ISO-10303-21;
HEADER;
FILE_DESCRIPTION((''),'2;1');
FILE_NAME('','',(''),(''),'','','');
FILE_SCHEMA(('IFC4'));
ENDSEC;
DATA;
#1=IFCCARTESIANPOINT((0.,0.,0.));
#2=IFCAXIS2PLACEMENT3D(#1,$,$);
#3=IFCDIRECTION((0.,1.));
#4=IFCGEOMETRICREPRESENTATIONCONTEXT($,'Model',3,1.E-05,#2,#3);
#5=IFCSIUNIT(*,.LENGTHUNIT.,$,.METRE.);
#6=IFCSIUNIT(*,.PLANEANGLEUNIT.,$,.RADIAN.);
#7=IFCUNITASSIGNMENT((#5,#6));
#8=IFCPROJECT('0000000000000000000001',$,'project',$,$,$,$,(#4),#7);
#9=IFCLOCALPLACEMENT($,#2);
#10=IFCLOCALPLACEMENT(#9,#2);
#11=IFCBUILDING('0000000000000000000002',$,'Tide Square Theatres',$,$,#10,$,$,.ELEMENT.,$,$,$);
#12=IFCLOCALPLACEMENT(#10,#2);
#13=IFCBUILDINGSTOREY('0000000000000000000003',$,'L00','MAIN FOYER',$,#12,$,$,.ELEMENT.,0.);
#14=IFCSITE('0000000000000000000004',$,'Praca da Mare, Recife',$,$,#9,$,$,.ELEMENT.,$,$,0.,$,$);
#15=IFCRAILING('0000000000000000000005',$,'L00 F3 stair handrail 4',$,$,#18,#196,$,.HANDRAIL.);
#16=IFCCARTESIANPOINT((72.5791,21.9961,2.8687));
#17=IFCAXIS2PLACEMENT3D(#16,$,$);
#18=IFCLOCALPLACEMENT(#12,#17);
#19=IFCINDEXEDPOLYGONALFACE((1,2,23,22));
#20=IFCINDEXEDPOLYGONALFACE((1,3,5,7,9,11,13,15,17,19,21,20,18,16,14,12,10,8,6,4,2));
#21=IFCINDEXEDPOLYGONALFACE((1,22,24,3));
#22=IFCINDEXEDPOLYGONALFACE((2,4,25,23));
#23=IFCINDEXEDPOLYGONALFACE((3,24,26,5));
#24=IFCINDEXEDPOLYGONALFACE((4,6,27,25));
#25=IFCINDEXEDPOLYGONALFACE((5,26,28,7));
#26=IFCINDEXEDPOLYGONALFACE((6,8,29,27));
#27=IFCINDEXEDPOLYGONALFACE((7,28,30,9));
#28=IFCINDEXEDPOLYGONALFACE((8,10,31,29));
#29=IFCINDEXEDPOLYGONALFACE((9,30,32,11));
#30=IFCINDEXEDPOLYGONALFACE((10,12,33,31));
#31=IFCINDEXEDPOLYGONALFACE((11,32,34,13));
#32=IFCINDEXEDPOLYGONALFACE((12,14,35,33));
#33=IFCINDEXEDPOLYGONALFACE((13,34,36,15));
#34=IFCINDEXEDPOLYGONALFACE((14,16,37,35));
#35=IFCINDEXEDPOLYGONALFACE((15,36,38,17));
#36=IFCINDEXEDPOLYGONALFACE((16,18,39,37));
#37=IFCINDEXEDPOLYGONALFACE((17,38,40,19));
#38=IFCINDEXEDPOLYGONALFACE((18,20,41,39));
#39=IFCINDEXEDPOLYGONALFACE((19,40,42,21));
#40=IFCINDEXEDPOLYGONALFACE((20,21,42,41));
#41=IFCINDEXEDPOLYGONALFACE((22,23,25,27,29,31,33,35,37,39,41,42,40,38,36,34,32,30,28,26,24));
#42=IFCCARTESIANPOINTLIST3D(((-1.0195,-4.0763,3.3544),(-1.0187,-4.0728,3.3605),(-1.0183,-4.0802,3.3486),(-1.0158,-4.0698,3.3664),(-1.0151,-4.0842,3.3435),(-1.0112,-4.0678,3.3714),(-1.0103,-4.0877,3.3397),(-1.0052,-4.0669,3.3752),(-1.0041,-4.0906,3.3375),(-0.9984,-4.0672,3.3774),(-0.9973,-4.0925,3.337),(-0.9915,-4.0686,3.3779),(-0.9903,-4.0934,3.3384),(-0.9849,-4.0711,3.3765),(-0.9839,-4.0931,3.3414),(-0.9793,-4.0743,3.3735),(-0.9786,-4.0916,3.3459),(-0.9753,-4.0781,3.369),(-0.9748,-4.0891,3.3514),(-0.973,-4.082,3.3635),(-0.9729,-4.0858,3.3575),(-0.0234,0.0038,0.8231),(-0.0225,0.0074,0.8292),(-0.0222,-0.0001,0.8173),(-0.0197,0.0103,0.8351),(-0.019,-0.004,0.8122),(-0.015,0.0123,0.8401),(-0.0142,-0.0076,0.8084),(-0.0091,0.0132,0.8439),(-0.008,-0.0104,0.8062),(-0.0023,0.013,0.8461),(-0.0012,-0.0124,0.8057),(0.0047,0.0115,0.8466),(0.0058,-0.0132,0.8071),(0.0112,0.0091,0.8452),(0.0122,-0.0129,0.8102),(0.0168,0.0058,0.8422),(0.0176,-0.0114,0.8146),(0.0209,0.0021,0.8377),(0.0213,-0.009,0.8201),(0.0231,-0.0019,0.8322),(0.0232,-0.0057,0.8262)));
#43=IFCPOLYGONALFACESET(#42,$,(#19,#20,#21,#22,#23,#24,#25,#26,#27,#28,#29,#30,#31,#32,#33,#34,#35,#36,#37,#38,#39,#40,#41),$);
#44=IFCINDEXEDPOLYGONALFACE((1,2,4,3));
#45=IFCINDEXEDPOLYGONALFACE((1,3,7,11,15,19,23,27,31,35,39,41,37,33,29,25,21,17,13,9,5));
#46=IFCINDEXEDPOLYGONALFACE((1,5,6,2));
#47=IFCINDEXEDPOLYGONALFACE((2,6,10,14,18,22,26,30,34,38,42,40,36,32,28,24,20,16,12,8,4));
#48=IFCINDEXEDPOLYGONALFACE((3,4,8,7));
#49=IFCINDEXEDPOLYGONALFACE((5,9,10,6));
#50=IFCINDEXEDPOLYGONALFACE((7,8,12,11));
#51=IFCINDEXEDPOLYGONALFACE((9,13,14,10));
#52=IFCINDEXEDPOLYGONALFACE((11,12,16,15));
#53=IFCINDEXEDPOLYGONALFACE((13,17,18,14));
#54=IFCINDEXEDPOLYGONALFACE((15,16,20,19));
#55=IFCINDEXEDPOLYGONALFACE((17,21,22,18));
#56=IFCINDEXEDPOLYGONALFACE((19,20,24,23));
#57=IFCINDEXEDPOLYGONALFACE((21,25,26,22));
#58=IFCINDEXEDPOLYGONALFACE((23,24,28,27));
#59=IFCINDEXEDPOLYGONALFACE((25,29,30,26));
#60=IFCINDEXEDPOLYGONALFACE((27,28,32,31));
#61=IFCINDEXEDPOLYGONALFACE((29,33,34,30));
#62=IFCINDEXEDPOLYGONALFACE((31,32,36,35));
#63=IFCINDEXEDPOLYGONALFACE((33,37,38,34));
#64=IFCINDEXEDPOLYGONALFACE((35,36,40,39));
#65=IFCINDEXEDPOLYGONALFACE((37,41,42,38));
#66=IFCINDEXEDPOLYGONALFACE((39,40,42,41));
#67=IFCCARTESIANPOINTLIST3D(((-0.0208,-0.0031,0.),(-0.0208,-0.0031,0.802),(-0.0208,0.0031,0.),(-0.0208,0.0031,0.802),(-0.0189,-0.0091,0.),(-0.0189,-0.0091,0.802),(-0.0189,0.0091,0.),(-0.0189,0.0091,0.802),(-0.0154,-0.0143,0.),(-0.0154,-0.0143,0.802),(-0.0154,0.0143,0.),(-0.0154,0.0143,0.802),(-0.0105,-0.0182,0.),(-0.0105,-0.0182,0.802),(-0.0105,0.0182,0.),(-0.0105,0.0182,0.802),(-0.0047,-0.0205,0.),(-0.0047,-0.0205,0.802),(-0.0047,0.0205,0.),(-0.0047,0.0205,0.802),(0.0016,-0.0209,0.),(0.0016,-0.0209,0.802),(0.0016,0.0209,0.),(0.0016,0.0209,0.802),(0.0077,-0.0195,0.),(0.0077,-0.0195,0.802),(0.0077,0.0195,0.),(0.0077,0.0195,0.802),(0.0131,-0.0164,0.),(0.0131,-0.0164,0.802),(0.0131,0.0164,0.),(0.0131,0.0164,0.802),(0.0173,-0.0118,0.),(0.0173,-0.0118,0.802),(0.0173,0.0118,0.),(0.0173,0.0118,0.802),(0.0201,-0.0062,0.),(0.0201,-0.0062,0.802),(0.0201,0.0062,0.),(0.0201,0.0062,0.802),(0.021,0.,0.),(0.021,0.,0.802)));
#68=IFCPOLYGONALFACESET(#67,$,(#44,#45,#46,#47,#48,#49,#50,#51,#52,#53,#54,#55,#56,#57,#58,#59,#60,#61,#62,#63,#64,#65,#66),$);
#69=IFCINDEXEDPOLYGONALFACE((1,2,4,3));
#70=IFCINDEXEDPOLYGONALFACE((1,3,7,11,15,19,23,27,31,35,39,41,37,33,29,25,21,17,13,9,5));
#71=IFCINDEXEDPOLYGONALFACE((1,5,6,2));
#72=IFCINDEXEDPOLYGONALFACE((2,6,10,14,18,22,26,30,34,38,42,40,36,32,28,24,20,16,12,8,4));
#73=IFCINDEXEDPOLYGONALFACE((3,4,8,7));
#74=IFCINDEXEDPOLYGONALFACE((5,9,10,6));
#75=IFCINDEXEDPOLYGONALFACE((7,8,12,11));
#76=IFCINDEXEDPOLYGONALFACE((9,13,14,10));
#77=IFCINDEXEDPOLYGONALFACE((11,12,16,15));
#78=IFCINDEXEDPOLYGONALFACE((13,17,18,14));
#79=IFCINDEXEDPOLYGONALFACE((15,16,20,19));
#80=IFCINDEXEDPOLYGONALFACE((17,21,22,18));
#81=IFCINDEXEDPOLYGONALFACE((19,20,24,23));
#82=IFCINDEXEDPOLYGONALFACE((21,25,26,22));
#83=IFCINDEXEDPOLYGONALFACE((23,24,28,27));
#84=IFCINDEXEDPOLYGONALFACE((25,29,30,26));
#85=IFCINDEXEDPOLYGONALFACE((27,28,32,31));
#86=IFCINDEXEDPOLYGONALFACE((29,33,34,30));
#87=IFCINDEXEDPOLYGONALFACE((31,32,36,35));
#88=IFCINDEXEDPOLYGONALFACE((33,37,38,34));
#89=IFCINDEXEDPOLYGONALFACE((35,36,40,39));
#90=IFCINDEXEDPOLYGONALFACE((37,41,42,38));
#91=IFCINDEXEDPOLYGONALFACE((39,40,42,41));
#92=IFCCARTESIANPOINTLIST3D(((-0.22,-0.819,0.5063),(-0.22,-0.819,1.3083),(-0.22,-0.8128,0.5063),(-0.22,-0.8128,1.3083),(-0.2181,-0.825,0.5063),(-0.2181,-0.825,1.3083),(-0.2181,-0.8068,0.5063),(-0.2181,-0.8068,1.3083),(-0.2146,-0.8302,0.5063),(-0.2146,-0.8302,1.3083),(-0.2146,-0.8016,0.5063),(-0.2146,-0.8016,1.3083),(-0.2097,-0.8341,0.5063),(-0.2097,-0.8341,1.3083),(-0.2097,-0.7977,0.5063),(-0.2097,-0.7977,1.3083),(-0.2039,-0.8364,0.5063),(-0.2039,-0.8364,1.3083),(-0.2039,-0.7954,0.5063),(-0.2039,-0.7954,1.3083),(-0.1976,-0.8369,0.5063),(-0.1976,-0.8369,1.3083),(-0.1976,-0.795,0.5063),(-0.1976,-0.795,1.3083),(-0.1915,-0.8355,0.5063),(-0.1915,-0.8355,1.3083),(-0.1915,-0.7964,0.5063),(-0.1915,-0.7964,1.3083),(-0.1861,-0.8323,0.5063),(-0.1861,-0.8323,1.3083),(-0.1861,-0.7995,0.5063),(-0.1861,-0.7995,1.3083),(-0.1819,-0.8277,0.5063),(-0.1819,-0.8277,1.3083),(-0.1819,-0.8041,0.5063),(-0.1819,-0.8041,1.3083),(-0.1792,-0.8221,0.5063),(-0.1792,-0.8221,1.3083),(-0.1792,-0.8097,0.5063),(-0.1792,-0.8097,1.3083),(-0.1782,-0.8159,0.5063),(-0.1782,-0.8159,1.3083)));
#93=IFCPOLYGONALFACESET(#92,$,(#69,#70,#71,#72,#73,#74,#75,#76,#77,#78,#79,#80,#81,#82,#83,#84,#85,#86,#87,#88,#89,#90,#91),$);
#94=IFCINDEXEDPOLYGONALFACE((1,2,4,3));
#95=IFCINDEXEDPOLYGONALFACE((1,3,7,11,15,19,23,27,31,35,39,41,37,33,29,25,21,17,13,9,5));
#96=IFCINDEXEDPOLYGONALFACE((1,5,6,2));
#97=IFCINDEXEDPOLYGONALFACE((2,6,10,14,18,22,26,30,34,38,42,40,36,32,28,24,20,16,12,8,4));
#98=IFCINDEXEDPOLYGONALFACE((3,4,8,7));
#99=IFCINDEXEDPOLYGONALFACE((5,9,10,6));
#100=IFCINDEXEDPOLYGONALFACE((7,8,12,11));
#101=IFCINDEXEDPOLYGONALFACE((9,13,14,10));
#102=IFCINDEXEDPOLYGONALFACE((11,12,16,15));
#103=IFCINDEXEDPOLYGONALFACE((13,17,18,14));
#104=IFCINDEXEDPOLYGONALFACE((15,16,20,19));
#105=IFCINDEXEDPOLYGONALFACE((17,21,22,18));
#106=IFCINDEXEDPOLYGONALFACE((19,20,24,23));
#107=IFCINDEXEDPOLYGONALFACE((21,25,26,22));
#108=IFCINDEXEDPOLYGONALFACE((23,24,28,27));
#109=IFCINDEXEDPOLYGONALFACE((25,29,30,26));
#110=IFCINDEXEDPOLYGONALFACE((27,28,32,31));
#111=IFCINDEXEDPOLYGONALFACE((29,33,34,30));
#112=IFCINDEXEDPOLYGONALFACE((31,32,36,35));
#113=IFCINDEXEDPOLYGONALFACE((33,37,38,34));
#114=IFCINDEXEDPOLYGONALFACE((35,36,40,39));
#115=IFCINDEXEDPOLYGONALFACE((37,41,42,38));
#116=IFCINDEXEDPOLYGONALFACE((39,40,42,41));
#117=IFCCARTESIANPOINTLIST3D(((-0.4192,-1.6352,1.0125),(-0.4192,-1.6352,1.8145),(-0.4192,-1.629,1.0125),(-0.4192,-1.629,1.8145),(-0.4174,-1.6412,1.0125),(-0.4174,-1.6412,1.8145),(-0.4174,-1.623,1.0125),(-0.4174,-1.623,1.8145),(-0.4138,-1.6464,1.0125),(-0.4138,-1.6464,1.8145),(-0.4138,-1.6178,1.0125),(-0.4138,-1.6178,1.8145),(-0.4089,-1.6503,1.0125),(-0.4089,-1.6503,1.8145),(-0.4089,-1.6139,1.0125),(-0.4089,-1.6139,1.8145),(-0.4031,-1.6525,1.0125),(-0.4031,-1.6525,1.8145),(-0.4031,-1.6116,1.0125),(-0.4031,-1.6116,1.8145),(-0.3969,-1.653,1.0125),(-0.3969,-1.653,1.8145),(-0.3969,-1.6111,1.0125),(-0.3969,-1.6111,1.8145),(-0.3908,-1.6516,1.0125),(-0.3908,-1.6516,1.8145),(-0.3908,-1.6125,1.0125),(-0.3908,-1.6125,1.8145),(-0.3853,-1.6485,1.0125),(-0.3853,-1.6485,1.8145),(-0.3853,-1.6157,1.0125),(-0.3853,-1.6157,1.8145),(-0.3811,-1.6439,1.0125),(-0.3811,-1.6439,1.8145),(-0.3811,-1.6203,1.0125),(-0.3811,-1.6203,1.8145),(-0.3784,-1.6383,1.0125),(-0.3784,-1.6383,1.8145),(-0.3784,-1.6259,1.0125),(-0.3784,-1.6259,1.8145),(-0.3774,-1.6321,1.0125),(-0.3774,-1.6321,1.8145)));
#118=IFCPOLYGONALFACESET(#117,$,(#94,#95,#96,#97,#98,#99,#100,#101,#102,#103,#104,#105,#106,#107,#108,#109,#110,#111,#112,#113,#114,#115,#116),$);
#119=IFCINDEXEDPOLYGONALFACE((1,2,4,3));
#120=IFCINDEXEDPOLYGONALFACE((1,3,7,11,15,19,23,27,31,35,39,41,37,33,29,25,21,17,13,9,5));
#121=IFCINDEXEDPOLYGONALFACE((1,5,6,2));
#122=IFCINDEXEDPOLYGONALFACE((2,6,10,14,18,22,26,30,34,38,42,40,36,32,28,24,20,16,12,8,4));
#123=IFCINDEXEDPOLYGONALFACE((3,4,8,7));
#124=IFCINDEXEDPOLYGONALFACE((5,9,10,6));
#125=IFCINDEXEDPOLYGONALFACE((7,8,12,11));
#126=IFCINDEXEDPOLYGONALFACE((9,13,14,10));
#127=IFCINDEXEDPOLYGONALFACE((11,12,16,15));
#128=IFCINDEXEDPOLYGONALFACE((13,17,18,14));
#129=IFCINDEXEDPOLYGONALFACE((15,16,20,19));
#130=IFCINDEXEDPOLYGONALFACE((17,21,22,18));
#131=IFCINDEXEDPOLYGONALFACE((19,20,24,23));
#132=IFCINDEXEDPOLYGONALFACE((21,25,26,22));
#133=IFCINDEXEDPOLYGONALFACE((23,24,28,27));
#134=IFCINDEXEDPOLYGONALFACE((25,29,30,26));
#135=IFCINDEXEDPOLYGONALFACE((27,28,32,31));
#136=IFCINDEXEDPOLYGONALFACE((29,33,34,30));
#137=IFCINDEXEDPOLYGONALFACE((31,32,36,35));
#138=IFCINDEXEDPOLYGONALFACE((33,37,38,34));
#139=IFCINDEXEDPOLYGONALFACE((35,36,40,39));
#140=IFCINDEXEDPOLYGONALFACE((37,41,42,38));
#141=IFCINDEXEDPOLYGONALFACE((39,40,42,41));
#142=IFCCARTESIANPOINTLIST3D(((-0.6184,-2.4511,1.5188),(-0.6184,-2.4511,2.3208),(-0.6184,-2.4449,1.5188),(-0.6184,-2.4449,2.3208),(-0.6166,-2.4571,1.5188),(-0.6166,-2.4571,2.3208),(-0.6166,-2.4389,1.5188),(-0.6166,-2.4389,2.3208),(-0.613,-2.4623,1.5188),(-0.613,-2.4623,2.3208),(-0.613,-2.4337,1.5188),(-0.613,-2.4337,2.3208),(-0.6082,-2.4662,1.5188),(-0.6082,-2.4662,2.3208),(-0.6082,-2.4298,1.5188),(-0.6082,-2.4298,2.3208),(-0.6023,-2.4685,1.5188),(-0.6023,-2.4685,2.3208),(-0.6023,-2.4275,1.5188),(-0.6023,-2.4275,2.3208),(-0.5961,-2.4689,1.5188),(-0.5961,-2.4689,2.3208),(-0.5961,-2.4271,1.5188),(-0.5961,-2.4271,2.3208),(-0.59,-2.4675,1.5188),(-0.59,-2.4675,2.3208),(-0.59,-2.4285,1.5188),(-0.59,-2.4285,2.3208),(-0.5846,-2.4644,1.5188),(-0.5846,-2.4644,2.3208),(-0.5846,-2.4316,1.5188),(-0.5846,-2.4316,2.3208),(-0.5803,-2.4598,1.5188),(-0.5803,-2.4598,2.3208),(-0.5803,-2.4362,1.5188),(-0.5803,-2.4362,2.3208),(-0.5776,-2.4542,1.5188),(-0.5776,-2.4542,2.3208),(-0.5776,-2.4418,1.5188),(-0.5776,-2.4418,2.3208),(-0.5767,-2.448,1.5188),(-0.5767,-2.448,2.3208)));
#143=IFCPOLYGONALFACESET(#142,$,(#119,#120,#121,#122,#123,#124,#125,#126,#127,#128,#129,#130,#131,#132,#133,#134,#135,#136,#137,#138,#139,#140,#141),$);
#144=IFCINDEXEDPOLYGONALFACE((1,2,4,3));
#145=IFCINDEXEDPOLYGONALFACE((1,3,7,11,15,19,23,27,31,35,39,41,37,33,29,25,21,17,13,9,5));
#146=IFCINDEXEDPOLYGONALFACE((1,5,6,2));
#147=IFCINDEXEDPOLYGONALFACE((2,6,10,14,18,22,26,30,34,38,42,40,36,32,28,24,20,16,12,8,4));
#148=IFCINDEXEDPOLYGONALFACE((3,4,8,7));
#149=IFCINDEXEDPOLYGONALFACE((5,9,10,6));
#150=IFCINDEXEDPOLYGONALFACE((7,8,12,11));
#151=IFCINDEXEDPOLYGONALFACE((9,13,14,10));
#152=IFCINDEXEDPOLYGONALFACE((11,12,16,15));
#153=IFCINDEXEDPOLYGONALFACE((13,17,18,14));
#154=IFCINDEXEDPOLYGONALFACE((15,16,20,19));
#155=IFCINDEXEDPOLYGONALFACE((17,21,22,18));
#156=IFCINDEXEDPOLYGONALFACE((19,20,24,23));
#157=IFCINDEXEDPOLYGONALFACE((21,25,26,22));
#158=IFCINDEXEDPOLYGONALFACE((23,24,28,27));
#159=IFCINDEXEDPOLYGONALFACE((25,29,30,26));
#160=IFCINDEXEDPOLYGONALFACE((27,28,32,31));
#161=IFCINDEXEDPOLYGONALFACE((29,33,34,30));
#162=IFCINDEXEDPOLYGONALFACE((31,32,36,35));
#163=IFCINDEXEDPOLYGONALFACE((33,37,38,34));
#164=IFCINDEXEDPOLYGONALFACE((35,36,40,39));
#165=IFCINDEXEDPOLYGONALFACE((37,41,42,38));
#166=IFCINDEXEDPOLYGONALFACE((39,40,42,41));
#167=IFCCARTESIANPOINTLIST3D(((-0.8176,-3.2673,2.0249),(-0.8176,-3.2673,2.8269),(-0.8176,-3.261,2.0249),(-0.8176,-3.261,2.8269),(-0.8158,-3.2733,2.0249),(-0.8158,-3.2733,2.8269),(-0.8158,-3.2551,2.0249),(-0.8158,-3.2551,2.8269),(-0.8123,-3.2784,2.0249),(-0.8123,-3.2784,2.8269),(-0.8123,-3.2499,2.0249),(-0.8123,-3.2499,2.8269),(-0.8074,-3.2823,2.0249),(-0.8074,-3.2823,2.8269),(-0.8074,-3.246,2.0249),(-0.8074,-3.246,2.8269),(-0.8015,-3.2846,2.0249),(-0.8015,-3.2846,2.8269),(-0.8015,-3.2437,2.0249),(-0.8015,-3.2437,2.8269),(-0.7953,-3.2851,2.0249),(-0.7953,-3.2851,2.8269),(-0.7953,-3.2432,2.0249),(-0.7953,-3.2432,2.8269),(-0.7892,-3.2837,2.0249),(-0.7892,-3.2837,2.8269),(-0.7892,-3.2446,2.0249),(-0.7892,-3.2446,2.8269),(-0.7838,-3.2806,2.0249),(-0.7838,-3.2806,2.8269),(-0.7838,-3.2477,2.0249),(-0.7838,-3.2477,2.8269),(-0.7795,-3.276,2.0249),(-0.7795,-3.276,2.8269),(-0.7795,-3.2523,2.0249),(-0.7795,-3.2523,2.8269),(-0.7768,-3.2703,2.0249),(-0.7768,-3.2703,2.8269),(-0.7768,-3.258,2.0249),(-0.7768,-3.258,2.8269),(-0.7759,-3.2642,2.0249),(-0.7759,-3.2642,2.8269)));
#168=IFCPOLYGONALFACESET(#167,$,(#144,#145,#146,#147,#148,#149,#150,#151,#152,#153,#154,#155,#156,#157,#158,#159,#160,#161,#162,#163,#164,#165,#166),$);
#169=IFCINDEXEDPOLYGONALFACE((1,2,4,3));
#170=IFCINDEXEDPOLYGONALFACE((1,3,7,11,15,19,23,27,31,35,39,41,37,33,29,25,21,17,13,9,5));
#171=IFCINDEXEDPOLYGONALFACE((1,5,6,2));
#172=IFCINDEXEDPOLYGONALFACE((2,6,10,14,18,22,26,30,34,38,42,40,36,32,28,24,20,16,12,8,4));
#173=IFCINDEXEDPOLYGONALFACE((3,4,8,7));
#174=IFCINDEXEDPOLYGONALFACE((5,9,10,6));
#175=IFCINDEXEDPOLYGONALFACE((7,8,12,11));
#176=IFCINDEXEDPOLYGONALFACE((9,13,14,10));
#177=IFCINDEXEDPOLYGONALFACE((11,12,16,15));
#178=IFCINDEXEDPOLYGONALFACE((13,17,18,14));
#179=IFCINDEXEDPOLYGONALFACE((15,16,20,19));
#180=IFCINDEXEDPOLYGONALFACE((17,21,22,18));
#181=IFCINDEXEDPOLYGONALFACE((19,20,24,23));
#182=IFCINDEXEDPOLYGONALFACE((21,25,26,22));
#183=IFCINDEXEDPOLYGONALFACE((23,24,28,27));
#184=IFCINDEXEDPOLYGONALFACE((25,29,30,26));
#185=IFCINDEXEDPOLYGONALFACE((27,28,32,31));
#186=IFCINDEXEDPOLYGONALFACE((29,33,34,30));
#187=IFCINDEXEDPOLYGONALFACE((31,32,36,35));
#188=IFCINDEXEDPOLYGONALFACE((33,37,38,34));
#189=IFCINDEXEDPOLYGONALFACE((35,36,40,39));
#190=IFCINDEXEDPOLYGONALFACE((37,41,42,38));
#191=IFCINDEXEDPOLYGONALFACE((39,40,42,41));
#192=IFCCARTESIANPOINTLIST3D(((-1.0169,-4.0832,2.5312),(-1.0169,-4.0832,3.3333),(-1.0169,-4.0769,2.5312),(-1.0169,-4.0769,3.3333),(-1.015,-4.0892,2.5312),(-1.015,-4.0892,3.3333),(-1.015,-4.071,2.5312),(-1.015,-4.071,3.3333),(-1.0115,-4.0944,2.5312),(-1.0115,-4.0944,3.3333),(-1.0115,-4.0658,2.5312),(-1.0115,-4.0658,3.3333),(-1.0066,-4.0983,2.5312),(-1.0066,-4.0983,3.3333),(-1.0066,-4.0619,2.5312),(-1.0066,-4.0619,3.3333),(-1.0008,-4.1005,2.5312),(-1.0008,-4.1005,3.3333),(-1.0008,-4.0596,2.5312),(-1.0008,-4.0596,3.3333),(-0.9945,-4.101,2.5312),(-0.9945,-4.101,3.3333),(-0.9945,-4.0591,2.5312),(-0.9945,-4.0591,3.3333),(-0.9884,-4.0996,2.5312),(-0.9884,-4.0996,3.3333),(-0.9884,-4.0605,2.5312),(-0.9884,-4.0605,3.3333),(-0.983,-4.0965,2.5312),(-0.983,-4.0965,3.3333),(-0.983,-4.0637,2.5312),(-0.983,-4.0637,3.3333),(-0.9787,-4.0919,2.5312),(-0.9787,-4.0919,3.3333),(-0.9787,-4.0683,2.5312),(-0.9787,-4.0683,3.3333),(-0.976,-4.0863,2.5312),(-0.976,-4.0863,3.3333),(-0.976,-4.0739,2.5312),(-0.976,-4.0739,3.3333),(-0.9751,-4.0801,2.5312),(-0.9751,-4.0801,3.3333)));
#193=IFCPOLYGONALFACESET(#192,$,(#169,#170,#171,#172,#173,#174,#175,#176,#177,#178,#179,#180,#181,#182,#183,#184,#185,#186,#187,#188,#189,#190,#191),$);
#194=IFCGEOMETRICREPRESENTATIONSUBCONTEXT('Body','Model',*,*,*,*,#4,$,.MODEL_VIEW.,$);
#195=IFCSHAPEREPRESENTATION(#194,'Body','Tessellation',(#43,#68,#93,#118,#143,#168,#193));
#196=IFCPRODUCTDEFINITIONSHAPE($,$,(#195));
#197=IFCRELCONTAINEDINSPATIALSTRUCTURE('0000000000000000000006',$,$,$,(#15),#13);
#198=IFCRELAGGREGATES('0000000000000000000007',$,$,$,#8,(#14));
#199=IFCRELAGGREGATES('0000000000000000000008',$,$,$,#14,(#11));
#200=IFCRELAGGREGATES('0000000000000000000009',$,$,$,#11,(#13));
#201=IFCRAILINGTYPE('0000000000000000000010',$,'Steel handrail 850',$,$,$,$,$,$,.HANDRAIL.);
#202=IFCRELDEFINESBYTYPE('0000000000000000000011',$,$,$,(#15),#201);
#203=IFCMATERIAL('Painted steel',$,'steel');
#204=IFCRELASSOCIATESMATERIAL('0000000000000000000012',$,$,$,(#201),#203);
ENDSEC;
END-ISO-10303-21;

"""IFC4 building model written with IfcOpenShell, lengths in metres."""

from ifc_helpers import new_model, si_unit, direction, frame, origin, origin_2d, place, context, subcontext, project, spatial, circle, extrude, material, type_object, element, save


model = new_model("IFC4")

# Units and contexts
model_context = context("Model", 3, precision=1e-05, world=origin(), true_north=direction((0.0, 1.0)))
body_context = subcontext(model_context, "Body", "Model", "MODEL_VIEW")
ifc_project = project(units=[si_unit("LENGTHUNIT", "METRE"), si_unit("PLANEANGLEUNIT", "RADIAN")], contexts=[model_context])

# Site, building, storey
site_placement = place(None, origin())
site = spatial("IfcSite", under=ifc_project, at=site_placement, Name="Praca da Mare, Recife", CompositionType="ELEMENT", RefElevation=0.0)
building_placement = place(site_placement, origin())
building = spatial("IfcBuilding", under=site, at=building_placement, Name="Tide Square Theatres", CompositionType="ELEMENT")
storey_placement = place(building_placement, origin())
storey = spatial("IfcBuildingStorey", under=building, at=storey_placement, Name="L00", Description="MAIN FOYER", CompositionType="ELEMENT", Elevation=0.0)

# Railing
ifc_material_1 = material(Name="Painted steel", Category="steel")
railing_type_1 = type_object("IfcRailingType", Name="Steel handrail 850", PredefinedType="HANDRAIL", material=ifc_material_1)
railing_1_placement = place(storey_placement, frame((72.5791, 21.9961, 2.8687)))
element("IfcRailing", 1, at=railing_1_placement, inside=storey, type_object=railing_type_1, Name="L00 F3 stair handrail 4", PredefinedType="HANDRAIL", context=body_context, shape_type="SweptSolid", body=[
    extrude(circle(Radius=0.0239, at=origin_2d()), frame((0.0, 0.0, 0.8262), z_axis=(-0.20313, -0.832037, 0.51619), x_axis=(0.971468, -0.23717, 0.0)), (0.0, 0.0, 1.0), 4.9038),
    extrude(circle(Radius=0.021, at=origin_2d()), origin(), (0.0, 0.0, 1.0), 0.802),
    extrude(circle(Radius=0.021, at=origin_2d()), frame((-0.1992, -0.8159, 0.5063)), (0.0, 0.0, 1.0), 0.802),
    extrude(circle(Radius=0.021, at=origin_2d()), frame((-0.3984, -1.6321, 1.0125)), (0.0, 0.0, 1.0), 0.802),
    extrude(circle(Radius=0.021, at=origin_2d()), frame((-0.5977, -2.448, 1.5188)), (0.0, 0.0, 1.0), 0.802),
    extrude(circle(Radius=0.021, at=origin_2d()), frame((-0.7969, -3.2642, 2.0249)), (0.0, 0.0, 1.0), 0.802),
    extrude(circle(Radius=0.021, at=origin_2d()), frame((-0.9961, -4.0801, 2.5312)), (0.0, 0.0, 1.0), 0.802),
])

save(model, "model.ifc")
